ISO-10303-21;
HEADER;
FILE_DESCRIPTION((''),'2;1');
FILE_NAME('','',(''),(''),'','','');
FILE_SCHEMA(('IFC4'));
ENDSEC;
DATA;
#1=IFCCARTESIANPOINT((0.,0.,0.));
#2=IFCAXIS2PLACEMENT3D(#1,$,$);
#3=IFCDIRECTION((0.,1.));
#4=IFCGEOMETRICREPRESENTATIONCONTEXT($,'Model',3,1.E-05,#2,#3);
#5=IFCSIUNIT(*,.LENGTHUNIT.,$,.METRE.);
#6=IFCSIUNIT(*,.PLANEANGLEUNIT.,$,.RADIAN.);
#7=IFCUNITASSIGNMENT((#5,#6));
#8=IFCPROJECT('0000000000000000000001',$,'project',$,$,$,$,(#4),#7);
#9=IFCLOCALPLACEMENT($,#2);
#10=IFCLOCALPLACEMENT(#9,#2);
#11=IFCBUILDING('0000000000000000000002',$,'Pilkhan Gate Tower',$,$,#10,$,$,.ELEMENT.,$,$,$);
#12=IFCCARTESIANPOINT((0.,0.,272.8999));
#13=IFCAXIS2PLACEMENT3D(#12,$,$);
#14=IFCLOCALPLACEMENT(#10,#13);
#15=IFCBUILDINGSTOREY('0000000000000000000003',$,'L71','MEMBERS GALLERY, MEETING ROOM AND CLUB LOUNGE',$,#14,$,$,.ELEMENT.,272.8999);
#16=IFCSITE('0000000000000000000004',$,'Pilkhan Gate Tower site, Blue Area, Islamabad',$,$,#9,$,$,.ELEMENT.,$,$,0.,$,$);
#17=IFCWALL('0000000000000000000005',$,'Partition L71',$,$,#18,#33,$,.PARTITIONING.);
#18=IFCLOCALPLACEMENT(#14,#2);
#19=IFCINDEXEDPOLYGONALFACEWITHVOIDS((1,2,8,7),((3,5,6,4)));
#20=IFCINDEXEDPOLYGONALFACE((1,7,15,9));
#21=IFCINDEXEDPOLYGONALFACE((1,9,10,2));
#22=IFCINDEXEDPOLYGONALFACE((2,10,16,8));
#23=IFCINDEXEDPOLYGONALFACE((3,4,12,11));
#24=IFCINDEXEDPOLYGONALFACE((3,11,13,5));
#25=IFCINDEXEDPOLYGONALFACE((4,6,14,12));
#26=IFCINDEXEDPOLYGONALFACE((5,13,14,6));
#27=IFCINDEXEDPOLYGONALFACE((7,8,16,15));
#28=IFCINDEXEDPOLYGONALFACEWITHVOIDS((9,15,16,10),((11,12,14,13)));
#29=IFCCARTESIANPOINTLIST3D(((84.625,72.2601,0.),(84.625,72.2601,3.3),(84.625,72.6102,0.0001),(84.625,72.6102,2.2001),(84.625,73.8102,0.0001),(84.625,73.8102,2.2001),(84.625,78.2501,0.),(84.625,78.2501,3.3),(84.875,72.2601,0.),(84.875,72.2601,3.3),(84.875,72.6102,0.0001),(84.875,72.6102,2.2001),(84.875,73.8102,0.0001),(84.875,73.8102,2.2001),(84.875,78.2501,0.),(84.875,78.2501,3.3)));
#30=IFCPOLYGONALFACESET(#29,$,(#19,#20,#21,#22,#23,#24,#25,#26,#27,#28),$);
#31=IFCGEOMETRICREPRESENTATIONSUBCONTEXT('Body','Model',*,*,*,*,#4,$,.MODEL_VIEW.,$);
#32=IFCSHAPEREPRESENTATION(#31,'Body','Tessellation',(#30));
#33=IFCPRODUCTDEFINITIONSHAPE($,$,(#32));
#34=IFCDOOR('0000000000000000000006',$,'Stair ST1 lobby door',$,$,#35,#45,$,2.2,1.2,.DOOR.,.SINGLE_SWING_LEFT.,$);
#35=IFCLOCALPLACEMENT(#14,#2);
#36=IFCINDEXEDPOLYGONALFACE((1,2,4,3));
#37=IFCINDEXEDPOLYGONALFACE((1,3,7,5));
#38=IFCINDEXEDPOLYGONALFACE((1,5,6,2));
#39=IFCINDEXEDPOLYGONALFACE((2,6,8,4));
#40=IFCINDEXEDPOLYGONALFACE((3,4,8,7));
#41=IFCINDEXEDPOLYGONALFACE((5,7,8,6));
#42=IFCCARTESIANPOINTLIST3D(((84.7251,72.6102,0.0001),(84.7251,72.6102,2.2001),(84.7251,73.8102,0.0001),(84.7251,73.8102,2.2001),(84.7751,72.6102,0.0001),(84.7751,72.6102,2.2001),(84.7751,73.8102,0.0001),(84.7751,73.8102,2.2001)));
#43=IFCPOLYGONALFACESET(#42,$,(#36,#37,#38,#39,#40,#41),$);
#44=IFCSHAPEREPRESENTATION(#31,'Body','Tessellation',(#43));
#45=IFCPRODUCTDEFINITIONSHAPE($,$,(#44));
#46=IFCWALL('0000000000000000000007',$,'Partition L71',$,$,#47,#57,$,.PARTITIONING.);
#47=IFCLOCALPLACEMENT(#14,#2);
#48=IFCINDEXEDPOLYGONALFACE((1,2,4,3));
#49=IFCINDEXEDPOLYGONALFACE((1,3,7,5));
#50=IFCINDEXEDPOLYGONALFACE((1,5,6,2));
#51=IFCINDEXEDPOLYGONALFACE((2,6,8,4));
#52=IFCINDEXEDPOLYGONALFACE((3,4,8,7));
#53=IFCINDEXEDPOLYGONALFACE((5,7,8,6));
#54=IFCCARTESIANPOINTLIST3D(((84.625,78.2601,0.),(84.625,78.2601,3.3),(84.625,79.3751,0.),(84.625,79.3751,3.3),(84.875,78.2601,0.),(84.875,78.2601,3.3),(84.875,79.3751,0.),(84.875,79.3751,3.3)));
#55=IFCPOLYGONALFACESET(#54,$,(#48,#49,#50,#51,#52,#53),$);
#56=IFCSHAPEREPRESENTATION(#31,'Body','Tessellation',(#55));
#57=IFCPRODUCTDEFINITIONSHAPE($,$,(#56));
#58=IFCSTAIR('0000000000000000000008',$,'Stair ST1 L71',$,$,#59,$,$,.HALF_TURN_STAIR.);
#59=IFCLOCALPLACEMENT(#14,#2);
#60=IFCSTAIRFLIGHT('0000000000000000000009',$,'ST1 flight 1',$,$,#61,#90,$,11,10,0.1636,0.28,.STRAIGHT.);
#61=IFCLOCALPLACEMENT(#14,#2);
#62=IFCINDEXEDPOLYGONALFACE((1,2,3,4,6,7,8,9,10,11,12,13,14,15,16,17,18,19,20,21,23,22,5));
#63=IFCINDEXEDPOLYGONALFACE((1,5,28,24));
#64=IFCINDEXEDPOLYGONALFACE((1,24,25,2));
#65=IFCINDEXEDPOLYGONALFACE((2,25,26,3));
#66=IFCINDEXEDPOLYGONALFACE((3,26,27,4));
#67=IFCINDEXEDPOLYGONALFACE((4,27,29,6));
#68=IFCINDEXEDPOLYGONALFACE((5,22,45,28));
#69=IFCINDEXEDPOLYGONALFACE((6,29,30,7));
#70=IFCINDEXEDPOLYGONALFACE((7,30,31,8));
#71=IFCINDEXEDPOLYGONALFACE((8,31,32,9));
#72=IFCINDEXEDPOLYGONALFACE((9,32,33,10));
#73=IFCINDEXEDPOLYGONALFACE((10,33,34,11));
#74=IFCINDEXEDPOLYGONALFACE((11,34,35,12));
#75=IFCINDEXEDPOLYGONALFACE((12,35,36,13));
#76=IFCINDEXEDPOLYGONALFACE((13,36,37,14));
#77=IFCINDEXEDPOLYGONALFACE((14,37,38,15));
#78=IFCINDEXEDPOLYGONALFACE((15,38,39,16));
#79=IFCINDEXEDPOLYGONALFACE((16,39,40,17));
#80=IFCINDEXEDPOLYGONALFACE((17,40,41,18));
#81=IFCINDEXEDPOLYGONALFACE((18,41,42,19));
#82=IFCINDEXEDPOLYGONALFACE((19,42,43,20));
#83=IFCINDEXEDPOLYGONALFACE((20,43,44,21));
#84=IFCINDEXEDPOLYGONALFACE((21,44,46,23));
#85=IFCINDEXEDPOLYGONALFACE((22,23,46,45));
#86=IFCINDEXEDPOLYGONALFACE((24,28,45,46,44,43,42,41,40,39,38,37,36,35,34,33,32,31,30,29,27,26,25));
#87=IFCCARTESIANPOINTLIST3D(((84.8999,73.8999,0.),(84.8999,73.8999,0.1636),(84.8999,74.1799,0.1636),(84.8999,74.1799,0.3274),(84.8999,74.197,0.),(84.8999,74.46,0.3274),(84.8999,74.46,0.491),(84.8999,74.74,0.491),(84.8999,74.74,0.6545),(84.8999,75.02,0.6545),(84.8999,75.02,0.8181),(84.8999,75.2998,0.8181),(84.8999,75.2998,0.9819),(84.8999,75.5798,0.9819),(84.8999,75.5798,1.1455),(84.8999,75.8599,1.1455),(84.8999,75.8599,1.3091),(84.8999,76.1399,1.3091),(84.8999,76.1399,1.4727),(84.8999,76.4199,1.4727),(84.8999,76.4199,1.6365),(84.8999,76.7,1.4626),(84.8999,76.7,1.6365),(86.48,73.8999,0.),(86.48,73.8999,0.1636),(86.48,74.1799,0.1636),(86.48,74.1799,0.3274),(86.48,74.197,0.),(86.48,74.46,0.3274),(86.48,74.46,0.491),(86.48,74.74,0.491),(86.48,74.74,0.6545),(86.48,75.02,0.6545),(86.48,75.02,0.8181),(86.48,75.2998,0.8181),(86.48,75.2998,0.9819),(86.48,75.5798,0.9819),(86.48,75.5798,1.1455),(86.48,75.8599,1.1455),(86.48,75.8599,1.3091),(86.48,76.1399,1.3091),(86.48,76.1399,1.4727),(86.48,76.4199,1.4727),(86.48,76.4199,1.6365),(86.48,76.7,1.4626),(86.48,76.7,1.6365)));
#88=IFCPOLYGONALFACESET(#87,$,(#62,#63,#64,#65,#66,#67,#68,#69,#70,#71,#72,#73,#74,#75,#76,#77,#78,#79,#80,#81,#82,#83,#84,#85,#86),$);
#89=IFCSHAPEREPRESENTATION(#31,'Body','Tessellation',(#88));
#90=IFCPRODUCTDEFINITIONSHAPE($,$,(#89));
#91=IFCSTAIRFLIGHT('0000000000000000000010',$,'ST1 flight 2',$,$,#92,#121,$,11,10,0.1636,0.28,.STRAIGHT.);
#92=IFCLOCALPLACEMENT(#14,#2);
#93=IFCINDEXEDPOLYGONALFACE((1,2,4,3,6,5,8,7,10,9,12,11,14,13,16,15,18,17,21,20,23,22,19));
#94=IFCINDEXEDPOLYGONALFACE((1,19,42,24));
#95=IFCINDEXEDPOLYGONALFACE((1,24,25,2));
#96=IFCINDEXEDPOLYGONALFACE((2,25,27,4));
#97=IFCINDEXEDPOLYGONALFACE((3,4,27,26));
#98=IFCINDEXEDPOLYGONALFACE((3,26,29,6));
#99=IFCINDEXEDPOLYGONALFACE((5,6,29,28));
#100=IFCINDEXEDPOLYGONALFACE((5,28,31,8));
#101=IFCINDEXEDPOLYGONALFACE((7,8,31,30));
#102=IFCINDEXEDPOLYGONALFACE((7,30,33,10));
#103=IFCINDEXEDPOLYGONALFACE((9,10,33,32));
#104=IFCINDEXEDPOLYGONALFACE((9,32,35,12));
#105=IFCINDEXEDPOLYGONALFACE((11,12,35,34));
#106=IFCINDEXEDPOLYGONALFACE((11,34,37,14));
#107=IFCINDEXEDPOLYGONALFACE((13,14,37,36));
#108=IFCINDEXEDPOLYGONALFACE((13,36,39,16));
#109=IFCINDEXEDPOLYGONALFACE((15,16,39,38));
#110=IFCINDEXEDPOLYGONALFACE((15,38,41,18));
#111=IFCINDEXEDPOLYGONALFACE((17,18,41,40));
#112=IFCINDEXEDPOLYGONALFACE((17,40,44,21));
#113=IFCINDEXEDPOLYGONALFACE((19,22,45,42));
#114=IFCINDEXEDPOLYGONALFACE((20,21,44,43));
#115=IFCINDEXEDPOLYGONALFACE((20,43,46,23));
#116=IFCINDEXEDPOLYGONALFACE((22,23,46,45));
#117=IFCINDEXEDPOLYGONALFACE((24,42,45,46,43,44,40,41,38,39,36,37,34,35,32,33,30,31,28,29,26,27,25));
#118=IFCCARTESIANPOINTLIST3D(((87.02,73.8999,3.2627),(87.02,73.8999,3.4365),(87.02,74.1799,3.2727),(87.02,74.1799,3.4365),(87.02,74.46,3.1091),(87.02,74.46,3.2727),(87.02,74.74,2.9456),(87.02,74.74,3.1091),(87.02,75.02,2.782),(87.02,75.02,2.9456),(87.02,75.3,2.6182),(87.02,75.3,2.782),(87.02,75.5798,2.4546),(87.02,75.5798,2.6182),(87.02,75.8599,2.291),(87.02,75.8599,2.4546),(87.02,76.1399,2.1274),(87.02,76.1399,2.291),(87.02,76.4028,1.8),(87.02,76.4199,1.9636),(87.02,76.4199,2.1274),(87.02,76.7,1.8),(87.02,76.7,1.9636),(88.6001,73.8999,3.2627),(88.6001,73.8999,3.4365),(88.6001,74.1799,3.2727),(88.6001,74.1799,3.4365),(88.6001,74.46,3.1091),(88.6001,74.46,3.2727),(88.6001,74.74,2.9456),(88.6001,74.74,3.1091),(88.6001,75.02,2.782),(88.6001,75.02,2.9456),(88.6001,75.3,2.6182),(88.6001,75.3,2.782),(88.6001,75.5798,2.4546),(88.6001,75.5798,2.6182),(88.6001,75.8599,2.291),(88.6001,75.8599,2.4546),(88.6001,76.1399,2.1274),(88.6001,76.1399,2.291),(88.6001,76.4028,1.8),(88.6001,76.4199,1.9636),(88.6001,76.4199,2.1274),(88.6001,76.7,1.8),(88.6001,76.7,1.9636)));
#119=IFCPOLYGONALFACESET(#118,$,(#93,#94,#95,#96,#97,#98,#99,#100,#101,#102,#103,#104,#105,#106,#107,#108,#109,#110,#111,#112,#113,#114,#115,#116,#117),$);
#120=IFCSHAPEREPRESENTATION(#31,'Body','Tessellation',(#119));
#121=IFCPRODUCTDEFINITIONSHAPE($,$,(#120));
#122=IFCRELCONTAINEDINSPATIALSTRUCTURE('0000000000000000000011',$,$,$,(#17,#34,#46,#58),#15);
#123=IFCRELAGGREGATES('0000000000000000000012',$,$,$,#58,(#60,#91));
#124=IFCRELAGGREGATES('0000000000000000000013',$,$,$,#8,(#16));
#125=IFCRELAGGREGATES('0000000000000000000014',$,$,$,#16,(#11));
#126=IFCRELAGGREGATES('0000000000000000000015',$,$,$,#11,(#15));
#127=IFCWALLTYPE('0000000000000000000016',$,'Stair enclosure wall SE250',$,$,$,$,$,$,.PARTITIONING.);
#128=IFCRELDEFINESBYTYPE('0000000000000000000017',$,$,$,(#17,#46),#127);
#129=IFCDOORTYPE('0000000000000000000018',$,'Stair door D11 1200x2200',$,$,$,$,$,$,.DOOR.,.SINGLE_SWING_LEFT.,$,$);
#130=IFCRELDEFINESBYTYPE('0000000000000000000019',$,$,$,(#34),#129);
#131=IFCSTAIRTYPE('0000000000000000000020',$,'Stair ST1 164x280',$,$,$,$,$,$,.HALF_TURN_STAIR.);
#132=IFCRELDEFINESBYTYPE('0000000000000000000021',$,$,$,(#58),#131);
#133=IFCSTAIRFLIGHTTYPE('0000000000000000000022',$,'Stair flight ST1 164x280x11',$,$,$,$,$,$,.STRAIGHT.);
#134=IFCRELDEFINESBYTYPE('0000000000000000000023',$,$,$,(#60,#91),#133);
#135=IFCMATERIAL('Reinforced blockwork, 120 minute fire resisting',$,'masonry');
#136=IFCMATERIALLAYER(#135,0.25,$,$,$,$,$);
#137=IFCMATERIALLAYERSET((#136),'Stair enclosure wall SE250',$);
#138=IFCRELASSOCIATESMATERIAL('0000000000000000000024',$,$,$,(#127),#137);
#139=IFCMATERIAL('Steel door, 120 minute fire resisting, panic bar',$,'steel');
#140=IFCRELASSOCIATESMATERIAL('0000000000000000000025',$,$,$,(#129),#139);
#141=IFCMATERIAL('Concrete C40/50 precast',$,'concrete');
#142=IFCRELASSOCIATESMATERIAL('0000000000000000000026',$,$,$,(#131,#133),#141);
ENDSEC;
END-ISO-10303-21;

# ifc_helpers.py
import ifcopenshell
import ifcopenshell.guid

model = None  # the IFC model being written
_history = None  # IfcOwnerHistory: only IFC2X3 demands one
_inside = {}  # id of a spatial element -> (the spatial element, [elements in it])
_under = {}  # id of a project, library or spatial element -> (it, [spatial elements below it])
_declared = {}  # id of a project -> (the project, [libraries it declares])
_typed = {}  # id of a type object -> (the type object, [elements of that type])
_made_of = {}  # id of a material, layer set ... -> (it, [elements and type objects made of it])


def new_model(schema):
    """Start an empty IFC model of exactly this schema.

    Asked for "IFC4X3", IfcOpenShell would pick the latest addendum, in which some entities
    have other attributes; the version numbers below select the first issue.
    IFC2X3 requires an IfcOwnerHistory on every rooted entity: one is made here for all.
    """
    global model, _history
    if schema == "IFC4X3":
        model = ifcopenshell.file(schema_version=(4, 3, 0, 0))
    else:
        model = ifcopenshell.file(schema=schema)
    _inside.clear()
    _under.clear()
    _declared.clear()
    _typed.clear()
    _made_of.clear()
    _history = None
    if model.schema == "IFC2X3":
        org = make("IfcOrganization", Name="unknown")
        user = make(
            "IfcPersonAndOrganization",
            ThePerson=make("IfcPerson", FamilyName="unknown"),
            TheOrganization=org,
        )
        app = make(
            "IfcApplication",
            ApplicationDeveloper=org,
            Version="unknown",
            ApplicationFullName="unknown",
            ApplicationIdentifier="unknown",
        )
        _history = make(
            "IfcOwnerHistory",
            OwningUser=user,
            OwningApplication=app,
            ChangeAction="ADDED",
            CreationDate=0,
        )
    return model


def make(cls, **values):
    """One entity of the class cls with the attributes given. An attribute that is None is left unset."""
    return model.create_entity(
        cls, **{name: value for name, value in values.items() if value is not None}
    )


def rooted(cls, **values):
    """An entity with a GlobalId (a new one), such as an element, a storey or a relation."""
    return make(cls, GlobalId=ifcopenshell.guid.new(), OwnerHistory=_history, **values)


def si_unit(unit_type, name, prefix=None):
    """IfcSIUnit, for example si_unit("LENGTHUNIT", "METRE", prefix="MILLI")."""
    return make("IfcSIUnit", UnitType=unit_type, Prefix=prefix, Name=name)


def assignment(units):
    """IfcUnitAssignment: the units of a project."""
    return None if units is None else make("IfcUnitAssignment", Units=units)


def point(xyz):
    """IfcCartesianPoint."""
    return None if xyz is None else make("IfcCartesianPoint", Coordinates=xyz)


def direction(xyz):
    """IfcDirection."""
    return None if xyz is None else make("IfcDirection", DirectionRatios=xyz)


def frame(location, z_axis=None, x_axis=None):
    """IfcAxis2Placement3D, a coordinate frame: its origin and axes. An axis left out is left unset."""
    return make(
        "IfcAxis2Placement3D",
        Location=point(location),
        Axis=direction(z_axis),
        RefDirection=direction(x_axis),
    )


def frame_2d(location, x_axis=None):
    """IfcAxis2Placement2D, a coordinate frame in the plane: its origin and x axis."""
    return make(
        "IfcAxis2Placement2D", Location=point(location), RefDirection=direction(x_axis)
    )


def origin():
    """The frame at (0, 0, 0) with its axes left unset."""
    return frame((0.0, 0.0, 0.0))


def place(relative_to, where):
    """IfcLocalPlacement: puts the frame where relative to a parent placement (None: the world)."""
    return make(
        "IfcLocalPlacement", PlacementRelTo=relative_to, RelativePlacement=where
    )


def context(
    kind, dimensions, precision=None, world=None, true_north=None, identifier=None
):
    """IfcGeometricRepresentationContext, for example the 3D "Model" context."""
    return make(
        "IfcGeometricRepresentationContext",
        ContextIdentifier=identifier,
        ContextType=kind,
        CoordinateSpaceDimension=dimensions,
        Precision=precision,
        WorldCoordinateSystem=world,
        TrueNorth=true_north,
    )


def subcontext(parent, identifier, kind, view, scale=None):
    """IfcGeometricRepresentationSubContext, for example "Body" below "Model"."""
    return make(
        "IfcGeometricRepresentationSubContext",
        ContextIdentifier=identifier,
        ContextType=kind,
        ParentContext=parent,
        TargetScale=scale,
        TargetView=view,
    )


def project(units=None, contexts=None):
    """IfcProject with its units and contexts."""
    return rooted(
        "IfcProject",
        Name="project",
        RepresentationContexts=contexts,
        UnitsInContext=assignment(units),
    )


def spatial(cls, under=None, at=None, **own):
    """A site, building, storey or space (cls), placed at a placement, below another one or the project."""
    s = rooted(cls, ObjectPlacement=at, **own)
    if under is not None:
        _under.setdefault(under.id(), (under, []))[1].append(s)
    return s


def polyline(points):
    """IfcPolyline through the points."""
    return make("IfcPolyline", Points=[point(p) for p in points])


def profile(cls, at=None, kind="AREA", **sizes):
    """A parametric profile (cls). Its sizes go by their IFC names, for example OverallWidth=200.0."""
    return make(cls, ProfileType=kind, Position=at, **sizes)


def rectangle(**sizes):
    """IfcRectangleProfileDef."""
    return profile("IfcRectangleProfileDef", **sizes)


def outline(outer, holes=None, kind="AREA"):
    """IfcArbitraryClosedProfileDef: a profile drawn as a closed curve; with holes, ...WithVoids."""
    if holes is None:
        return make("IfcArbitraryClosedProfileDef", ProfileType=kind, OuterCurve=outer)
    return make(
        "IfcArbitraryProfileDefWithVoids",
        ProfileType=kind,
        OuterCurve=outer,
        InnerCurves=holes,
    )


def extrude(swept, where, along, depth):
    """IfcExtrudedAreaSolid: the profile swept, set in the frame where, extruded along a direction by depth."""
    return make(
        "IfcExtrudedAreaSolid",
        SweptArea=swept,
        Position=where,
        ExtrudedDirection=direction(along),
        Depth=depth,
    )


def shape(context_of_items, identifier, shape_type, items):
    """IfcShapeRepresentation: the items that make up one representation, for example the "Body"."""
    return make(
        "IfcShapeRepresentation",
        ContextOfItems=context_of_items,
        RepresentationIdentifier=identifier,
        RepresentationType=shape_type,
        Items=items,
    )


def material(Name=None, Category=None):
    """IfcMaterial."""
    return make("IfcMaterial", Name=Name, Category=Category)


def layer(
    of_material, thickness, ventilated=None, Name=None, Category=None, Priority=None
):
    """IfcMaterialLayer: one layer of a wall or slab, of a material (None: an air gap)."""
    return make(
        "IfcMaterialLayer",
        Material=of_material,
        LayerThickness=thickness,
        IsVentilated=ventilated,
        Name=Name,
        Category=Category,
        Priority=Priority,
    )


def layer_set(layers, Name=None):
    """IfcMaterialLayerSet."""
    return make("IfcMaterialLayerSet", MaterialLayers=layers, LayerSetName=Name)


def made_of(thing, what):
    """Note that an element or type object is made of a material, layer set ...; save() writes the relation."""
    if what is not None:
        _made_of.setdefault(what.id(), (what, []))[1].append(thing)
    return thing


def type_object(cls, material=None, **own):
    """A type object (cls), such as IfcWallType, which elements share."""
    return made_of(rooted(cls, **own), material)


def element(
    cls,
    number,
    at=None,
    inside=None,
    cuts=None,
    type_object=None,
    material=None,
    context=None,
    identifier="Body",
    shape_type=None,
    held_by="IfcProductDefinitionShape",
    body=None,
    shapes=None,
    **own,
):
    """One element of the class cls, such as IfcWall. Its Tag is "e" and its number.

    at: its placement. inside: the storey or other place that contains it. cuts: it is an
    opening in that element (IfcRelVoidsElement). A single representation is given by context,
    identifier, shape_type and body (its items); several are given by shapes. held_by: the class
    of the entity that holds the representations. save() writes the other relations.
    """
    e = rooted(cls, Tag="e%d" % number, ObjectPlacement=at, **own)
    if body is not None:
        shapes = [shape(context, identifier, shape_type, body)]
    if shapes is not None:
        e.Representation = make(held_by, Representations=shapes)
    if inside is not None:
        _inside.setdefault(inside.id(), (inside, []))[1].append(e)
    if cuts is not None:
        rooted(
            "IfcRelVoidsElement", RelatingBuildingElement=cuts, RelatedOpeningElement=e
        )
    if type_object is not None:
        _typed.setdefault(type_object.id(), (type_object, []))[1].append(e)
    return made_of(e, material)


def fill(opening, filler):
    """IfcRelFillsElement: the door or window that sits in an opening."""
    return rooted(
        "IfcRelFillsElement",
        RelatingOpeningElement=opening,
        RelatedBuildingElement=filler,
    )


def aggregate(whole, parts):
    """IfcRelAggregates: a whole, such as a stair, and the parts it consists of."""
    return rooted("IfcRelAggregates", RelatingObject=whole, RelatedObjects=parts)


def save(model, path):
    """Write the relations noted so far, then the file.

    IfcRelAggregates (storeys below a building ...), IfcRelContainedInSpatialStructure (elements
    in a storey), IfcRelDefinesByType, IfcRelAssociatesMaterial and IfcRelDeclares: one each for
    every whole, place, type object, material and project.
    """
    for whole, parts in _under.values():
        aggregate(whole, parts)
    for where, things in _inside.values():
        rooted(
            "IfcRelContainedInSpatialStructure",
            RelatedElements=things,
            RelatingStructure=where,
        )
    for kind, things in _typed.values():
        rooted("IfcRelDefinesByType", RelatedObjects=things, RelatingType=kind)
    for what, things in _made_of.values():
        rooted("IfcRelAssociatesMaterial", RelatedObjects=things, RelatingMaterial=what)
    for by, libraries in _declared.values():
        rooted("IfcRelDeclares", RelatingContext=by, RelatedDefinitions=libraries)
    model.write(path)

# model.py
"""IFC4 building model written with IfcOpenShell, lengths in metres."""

from ifc_helpers import new_model, si_unit, direction, frame, frame_2d, origin, place, context, subcontext, project, spatial, polyline, rectangle, outline, extrude, material, layer, layer_set, type_object, element, fill, aggregate, save


model = new_model("IFC4")

# Units and contexts
model_context = context("Model", 3, precision=1e-05, world=origin(), true_north=direction((0.0, 1.0)))
body_context = subcontext(model_context, "Body", "Model", "MODEL_VIEW")
ifc_project = project(units=[si_unit("LENGTHUNIT", "METRE"), si_unit("PLANEANGLEUNIT", "RADIAN")], contexts=[model_context])

# Site, building, storey
site_placement = place(None, origin())
site = spatial("IfcSite", under=ifc_project, at=site_placement, Name="Pilkhan Gate Tower site, Blue Area, Islamabad", CompositionType="ELEMENT", RefElevation=0.0)
building_placement = place(site_placement, origin())
building = spatial("IfcBuilding", under=site, at=building_placement, Name="Pilkhan Gate Tower", CompositionType="ELEMENT")
storey_placement = place(building_placement, frame((0.0, 0.0, 272.8999)))
storey = spatial("IfcBuildingStorey", under=building, at=storey_placement, Name="L71", Description="MEMBERS GALLERY, MEETING ROOM AND CLUB LOUNGE", CompositionType="ELEMENT", Elevation=272.8999)

# Shared definitions
ifc_material_1 = material(Name="Reinforced blockwork, 120 minute fire resisting", Category="masonry")
ifc_layer_1 = layer(ifc_material_1, 0.25)
ifc_layer_set_1 = layer_set([ifc_layer_1], Name="Stair enclosure wall SE250")
wall_type_1 = type_object("IfcWallType", Name="Stair enclosure wall SE250", PredefinedType="PARTITIONING", material=ifc_layer_set_1)

# Wall, opening, door
wall_1_placement = place(storey_placement, frame((84.75, 72.26, 0.0), z_axis=(0.0, 0.0, 1.0), x_axis=(0.0, 1.0, 0.0)))
wall_1 = element("IfcWall", 1, at=wall_1_placement, inside=storey, type_object=wall_type_1, Name="Partition L71", PredefinedType="PARTITIONING", context=body_context, shape_type="SweptSolid", body=[
    extrude(rectangle(XDim=5.99, YDim=0.25, at=frame_2d((2.9951, 0.0))), origin(), (0.0, 0.0, 1.0), 3.3),
])
opening_1_placement = place(wall_1_placement, frame((0.3501, 0.0, 0.0)))
opening_1 = element("IfcOpeningElement", 2, at=opening_1_placement, cuts=wall_1, PredefinedType="OPENING", context=body_context, shape_type="SweptSolid", body=[
    extrude(rectangle(XDim=1.2, YDim=2.2, at=frame_2d((0.6001, 1.1001))), frame((0.0, 0.135, 0.0), z_axis=(0.0, -1.0, 0.0), x_axis=(1.0, 0.0, 0.0)), (0.0, 0.0, 1.0), 0.27),
])
ifc_material_2 = material(Name="Steel door, 120 minute fire resisting, panic bar", Category="steel")
door_type_1 = type_object("IfcDoorType", Name="Stair door D11 1200x2200", OperationType="SINGLE_SWING_LEFT", PredefinedType="DOOR", material=ifc_material_2)
door_1_placement = place(opening_1_placement, origin())
door_1 = element("IfcDoor", 3, at=door_1_placement, inside=storey, type_object=door_type_1, Name="Stair ST1 lobby door", OperationType="SINGLE_SWING_LEFT", OverallHeight=2.2, OverallWidth=1.2, PredefinedType="DOOR", context=body_context, shape_type="SweptSolid", body=[
    extrude(rectangle(XDim=1.2, YDim=2.2, at=frame_2d((0.6001, 1.1001))), frame((0.0, 0.0249, 0.0), z_axis=(0.0, -1.0, 0.0), x_axis=(1.0, 0.0, 0.0)), (0.0, 0.0, 1.0), 0.05),
])
fill(opening_1, door_1)

# Wall
wall_2_placement = place(storey_placement, frame((84.75, 78.26, 0.0), z_axis=(0.0, 0.0, 1.0), x_axis=(0.0, 1.0, 0.0)))
element("IfcWall", 4, at=wall_2_placement, inside=storey, type_object=wall_type_1, Name="Partition L71", PredefinedType="PARTITIONING", context=body_context, shape_type="SweptSolid", body=[
    extrude(rectangle(XDim=1.115, YDim=0.25, at=frame_2d((0.5576, 0.0))), origin(), (0.0, 0.0, 1.0), 3.3),
])

# Stair, stair flights
ifc_material_3 = material(Name="Concrete C40/50 precast", Category="concrete")
stair_type = type_object("IfcStairType", Name="Stair ST1 164x280", PredefinedType="HALF_TURN_STAIR", material=ifc_material_3)
stair_placement = place(storey_placement, origin())
stair = element("IfcStair", 5, at=stair_placement, inside=storey, type_object=stair_type, Name="Stair ST1 L71", PredefinedType="HALF_TURN_STAIR")
stair_flight_type = type_object("IfcStairFlightType", Name="Stair flight ST1 164x280x11", PredefinedType="STRAIGHT", material=ifc_material_3)
stair_flight_1_placement = place(storey_placement, frame((85.6899, 73.8999, 0.0), z_axis=(0.0, 0.0, 1.0), x_axis=(0.0, 1.0, 0.0)))
stair_flight_1 = element("IfcStairFlight", 6, at=stair_flight_1_placement, type_object=stair_flight_type, Name="ST1 flight 1", NumberOfRisers=11, NumberOfTreads=10, PredefinedType="STRAIGHT", RiserHeight=0.1636, TreadLength=0.28, context=body_context, shape_type="SweptSolid", body=[
    extrude(outline(polyline([(0.0, 0.0), (0.0, 0.1636), (0.28, 0.1636), (0.28, 0.3274), (0.5601, 0.3274), (0.5601, 0.491), (0.8401, 0.491), (0.8401, 0.6545), (1.1201, 0.6545), (1.1201, 0.8181), (1.3999, 0.8181), (1.3999, 0.9819), (1.6799, 0.9819), (1.6799, 1.1455), (1.96, 1.1455), (1.96, 1.3091), (2.24, 1.3091), (2.24, 1.4727), (2.52, 1.4727), (2.52, 1.6365), (2.8, 1.6365), (2.8, 1.8), (2.8, 1.4626), (0.2971, 0.0), (0.0, 0.0)])), frame((0.0, 0.79, 0.0), z_axis=(0.0, -1.0, 0.0), x_axis=(1.0, 0.0, 0.0)), (0.0, 0.0, 1.0), 1.5801),
])
stair_flight_2_placement = place(storey_placement, frame((87.8101, 76.7, 1.8), z_axis=(0.0, 0.0, 1.0), x_axis=(0.0, -1.0, 0.0)))
stair_flight_2 = element("IfcStairFlight", 7, at=stair_flight_2_placement, type_object=stair_flight_type, Name="ST1 flight 2", NumberOfRisers=11, NumberOfTreads=10, PredefinedType="STRAIGHT", RiserHeight=0.1636, TreadLength=0.28, context=body_context, shape_type="SweptSolid", body=[
    extrude(outline(polyline([(0.0, 0.0), (0.0, 0.1636), (0.28, 0.1636), (0.28, 0.3274), (0.5601, 0.3274), (0.5601, 0.491), (0.8401, 0.491), (0.8401, 0.6545), (1.1201, 0.6545), (1.1201, 0.8181), (1.3999, 0.8181), (1.3999, 0.9819), (1.6799, 0.9819), (1.6799, 1.1455), (1.96, 1.1455), (1.96, 1.3091), (2.24, 1.3091), (2.24, 1.4727), (2.52, 1.4727), (2.52, 1.6365), (2.8, 1.6365), (2.8, 1.8), (2.8, 1.4626), (0.2971, 0.0), (0.0, 0.0)])), frame((0.0, 0.79, 0.0), z_axis=(0.0, -1.0, 0.0), x_axis=(1.0, 0.0, 0.0)), (0.0, 0.0, 1.0), 1.5801),
])
aggregate(stair, [stair_flight_1, stair_flight_2])

save(model, "model.ifc")
